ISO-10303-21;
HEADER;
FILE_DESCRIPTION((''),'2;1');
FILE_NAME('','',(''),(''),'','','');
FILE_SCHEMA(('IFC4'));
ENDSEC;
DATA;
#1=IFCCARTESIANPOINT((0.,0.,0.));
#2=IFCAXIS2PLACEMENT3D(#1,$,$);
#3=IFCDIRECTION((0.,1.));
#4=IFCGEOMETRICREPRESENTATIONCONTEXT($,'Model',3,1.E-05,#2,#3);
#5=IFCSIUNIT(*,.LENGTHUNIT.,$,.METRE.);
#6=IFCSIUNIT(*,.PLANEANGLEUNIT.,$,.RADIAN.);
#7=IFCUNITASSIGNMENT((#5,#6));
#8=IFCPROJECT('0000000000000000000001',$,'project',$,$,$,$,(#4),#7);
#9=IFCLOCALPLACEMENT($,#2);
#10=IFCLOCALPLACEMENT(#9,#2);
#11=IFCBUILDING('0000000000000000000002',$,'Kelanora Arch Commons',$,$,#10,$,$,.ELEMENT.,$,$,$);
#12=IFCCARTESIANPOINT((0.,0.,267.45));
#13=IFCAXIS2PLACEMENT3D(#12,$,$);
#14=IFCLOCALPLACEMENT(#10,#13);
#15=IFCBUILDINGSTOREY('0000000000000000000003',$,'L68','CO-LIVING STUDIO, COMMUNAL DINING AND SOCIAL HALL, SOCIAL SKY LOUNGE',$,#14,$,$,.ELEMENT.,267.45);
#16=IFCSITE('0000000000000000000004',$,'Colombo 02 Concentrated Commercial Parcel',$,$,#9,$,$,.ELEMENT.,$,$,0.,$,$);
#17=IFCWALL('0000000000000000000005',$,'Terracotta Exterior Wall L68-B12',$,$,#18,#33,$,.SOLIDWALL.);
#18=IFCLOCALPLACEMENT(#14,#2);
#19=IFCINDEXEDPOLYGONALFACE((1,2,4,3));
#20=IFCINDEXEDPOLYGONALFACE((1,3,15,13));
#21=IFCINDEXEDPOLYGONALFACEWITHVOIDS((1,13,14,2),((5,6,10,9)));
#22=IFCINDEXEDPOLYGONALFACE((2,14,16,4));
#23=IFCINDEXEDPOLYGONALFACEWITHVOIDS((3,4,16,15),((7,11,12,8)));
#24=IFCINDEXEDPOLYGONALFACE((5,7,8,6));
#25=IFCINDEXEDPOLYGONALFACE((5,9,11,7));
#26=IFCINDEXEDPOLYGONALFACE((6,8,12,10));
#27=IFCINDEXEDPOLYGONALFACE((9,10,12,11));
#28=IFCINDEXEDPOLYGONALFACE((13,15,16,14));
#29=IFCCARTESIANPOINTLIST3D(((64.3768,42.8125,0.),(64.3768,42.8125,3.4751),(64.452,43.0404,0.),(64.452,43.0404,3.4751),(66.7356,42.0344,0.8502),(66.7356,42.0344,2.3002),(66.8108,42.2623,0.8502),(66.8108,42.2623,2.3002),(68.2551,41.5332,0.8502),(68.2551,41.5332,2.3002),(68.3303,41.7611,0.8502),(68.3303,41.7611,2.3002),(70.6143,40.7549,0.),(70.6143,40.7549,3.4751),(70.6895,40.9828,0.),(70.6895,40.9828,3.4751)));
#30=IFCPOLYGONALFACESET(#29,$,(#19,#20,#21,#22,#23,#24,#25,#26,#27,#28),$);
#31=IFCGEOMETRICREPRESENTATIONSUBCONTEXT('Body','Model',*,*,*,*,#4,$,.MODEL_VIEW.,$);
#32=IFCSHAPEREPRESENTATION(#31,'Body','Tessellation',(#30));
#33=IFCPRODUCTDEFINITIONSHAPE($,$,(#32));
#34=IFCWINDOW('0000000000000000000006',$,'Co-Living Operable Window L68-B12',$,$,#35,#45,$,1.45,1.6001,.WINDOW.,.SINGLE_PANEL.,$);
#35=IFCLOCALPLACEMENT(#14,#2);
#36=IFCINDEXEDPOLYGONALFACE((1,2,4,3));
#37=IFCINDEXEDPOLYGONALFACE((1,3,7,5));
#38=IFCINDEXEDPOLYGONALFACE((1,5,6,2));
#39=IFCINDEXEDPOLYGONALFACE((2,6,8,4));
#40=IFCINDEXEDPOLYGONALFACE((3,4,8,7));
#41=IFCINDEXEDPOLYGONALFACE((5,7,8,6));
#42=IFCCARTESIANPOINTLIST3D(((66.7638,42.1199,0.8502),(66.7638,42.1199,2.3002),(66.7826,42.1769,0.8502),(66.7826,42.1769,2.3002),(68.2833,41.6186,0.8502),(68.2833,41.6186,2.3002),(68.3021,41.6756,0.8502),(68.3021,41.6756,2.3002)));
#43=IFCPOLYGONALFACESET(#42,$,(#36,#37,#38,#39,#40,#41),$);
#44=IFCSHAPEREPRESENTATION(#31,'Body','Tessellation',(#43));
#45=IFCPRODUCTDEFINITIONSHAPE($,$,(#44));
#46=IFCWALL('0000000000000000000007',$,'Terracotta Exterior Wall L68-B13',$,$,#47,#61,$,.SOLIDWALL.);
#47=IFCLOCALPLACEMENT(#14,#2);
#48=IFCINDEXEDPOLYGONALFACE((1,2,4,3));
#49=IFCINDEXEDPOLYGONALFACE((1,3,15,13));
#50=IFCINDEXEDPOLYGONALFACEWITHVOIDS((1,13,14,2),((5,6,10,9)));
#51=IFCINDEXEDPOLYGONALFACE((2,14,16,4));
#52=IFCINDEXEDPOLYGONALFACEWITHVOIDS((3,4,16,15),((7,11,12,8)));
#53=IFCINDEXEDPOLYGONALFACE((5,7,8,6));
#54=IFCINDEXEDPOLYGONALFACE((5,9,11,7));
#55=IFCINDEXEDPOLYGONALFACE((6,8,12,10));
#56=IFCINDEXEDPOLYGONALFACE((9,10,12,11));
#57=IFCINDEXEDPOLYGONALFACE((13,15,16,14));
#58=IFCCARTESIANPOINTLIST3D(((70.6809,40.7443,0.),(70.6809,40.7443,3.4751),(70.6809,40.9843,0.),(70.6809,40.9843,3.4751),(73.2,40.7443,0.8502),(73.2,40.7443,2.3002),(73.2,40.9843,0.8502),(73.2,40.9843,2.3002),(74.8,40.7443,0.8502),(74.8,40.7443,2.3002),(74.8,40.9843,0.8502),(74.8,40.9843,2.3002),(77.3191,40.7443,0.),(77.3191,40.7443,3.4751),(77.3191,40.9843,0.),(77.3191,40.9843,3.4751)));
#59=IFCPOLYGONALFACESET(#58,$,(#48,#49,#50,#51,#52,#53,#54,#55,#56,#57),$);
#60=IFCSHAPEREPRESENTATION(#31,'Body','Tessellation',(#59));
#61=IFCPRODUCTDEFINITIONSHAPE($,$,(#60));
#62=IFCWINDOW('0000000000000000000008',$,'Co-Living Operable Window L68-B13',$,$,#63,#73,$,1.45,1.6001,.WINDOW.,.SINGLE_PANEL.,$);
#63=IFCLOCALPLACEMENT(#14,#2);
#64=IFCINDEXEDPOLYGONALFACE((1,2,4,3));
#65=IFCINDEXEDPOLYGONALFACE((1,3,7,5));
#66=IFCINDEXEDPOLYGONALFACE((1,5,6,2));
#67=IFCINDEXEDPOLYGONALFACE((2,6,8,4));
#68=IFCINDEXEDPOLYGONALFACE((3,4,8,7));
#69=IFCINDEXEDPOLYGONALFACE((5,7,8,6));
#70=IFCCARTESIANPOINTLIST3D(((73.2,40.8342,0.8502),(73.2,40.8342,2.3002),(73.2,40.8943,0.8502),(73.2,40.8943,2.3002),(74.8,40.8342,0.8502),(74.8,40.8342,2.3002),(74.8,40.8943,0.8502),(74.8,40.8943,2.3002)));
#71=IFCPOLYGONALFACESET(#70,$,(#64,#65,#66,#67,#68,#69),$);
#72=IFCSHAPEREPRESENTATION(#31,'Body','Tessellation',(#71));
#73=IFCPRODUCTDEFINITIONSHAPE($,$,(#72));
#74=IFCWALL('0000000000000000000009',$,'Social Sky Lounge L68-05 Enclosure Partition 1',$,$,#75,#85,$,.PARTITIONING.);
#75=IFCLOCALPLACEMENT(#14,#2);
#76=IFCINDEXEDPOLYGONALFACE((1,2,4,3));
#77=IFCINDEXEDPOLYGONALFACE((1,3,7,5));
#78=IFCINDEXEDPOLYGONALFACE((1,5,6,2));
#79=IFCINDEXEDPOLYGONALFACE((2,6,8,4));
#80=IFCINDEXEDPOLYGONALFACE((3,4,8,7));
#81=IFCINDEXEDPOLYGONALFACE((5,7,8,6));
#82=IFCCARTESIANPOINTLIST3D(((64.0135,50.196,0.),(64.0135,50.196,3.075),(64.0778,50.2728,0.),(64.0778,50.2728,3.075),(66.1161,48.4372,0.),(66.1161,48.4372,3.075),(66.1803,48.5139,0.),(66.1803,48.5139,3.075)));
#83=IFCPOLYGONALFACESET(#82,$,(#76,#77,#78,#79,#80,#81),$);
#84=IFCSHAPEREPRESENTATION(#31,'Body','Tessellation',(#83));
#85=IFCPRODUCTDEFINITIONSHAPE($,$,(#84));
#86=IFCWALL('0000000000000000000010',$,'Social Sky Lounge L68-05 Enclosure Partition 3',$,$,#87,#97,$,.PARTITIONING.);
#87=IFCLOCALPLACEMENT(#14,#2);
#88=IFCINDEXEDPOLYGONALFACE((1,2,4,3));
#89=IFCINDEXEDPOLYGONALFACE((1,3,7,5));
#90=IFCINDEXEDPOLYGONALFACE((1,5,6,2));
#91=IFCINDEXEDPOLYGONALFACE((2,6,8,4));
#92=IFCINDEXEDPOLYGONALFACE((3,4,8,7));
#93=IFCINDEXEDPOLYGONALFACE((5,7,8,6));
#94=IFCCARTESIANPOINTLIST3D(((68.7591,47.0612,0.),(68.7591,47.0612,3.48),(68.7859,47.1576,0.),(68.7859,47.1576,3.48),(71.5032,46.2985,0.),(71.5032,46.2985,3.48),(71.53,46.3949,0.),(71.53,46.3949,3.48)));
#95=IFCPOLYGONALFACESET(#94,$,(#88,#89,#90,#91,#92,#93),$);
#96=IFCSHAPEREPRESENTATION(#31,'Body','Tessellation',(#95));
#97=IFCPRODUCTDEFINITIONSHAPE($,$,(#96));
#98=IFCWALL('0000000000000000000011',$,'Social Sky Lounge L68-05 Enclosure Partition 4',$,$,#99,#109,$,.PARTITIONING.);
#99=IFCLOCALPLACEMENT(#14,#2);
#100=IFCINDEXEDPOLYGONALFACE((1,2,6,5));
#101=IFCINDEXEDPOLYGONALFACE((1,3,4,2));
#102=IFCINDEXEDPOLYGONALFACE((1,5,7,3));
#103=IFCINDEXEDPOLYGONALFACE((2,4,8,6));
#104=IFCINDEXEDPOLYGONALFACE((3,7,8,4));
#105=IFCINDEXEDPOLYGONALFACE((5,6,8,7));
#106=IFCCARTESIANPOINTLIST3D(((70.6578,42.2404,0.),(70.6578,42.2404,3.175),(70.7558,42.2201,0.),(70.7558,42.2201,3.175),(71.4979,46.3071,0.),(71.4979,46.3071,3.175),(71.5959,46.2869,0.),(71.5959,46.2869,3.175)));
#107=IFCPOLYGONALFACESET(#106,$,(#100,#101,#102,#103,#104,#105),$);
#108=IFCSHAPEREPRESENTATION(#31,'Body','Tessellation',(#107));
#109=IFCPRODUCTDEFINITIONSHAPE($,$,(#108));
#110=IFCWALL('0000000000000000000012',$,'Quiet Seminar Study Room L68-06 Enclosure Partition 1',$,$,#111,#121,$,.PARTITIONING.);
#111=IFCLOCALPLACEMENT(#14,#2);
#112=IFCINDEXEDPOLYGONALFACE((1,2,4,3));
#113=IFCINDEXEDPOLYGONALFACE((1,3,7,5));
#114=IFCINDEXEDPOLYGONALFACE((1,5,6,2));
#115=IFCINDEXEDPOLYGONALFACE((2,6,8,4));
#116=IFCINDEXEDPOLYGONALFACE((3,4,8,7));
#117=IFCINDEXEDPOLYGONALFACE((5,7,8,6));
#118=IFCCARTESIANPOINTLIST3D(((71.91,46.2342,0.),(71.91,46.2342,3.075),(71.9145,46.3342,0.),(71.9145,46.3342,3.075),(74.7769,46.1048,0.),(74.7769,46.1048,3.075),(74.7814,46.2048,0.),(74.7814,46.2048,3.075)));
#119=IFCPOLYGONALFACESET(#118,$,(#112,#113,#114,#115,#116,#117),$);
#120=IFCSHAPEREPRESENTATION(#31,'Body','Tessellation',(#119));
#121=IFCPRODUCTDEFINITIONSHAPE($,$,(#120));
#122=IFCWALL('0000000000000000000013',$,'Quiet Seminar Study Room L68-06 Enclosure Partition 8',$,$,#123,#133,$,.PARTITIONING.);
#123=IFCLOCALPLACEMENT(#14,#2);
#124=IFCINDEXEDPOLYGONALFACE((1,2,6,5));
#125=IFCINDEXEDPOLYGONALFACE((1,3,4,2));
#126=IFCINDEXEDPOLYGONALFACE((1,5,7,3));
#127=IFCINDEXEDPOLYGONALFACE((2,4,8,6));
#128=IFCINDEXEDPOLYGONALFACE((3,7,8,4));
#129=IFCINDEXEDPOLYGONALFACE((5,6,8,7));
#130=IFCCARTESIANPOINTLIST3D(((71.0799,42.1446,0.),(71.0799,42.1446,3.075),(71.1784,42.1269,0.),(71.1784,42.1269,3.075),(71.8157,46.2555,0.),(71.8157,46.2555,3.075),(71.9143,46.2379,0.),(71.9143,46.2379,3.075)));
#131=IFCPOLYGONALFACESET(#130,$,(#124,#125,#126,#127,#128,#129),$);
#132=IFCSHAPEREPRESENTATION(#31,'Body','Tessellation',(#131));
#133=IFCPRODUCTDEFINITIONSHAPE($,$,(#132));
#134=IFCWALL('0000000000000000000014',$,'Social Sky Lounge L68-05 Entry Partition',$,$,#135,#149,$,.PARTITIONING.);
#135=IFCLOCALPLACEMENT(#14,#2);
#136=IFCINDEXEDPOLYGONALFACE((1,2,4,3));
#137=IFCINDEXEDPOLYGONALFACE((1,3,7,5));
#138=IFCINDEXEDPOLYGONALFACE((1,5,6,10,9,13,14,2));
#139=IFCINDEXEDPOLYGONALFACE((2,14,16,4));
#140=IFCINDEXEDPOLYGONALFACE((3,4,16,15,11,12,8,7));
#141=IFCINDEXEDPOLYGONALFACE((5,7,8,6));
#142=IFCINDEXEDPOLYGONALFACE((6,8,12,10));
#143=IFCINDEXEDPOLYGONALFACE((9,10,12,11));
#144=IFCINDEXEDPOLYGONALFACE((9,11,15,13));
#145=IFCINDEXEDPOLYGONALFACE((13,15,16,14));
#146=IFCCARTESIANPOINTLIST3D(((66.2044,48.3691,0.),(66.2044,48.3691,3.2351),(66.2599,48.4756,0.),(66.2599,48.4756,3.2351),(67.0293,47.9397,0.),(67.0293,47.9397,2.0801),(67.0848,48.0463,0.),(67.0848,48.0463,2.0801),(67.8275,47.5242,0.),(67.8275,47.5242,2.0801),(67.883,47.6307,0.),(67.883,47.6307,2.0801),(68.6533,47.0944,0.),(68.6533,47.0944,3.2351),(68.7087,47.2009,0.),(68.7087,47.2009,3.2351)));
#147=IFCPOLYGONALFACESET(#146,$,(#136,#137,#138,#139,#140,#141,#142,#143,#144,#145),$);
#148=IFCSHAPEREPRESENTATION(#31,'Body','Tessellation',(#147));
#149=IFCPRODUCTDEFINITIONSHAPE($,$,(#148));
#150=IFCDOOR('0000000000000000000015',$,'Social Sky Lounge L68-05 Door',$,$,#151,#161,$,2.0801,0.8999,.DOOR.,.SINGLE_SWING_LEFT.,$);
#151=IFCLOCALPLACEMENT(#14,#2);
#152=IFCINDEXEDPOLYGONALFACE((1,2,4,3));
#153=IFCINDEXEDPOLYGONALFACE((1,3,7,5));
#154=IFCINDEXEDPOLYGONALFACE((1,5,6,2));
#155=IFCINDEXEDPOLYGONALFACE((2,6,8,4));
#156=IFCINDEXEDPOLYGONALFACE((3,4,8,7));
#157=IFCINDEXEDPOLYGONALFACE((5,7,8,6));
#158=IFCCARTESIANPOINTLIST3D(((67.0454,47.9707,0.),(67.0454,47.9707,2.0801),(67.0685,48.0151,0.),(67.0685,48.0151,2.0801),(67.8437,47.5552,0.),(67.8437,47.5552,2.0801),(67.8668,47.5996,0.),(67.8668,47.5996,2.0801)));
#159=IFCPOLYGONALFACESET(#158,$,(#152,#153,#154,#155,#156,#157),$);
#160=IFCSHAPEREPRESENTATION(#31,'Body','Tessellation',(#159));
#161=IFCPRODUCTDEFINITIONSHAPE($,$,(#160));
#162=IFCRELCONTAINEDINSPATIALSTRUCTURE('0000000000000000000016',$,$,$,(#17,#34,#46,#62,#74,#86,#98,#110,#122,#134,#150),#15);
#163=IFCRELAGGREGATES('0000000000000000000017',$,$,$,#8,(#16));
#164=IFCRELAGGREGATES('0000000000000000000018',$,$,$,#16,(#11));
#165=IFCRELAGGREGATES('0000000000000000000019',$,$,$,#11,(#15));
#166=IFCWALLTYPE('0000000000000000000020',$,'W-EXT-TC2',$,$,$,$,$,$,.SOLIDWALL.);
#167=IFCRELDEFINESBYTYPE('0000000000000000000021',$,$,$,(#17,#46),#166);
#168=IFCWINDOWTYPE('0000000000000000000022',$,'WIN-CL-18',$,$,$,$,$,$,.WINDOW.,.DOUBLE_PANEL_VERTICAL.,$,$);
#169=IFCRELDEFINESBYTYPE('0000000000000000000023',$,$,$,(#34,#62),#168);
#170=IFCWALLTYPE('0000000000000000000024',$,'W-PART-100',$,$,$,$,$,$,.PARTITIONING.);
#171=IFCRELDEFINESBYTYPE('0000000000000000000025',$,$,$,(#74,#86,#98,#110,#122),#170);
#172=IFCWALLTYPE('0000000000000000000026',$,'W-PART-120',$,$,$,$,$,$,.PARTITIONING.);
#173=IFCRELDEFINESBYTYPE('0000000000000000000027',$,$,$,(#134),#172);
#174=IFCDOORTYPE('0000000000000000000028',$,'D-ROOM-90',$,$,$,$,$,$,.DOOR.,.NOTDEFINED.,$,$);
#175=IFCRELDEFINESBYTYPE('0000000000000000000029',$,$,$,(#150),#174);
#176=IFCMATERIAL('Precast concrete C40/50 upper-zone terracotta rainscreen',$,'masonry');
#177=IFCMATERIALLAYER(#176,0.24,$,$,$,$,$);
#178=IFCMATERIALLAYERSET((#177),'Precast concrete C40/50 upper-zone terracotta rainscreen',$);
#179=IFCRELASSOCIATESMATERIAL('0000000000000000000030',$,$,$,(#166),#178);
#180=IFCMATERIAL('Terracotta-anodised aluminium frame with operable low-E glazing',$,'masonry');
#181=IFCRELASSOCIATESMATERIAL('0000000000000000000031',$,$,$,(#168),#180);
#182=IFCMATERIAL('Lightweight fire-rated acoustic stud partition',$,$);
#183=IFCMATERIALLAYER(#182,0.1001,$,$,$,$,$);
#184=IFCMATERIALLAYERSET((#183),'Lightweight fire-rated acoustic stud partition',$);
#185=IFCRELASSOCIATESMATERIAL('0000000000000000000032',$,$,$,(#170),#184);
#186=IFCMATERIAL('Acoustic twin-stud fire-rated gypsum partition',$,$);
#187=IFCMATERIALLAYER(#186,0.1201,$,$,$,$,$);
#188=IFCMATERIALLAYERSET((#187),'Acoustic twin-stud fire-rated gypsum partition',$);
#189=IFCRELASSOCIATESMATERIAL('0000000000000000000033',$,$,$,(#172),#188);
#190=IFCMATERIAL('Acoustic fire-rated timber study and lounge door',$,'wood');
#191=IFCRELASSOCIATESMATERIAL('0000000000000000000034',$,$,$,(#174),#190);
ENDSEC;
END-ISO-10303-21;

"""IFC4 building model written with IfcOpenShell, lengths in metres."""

from ifc_helpers import new_model, si_unit, direction, frame, frame_2d, origin, place, context, subcontext, project, spatial, rectangle, extrude, material, layer, layer_set, type_object, element, fill, save


model = new_model("IFC4")

# Units and contexts
model_context = context("Model", 3, precision=1e-05, world=origin(), true_north=direction((0.0, 1.0)))
body_context = subcontext(model_context, "Body", "Model", "MODEL_VIEW")
ifc_project = project(units=[si_unit("LENGTHUNIT", "METRE"), si_unit("PLANEANGLEUNIT", "RADIAN")], contexts=[model_context])

# Site, building, storey
site_placement = place(None, origin())
site = spatial("IfcSite", under=ifc_project, at=site_placement, Name="Colombo 02 Concentrated Commercial Parcel", CompositionType="ELEMENT", RefElevation=0.0)
building_placement = place(site_placement, origin())
building = spatial("IfcBuilding", under=site, at=building_placement, Name="Kelanora Arch Commons", CompositionType="ELEMENT")
storey_placement = place(building_placement, frame((0.0, 0.0, 267.45)))
storey = spatial("IfcBuildingStorey", under=building, at=storey_placement, Name="L68", Description="CO-LIVING STUDIO, COMMUNAL DINING AND SOCIAL HALL, SOCIAL SKY LOUNGE", CompositionType="ELEMENT", Elevation=267.45)

# Walls, openings, windows
ifc_material_1 = material(Name="Precast concrete C40/50 upper-zone terracotta rainscreen", Category="masonry")
ifc_layer_1 = layer(ifc_material_1, 0.24)
ifc_layer_set_1 = layer_set([ifc_layer_1], Name="Precast concrete C40/50 upper-zone terracotta rainscreen")
wall_type_1 = type_object("IfcWallType", Name="W-EXT-TC2", PredefinedType="SOLIDWALL", material=ifc_layer_set_1)
wall_1_placement = place(storey_placement, frame((64.4143, 42.9265, 0.0), z_axis=(0.0, 0.0, 1.0), x_axis=(0.949664, -0.313271, 0.0)))
wall_1 = element("IfcWall", 1, at=wall_1_placement, inside=storey, type_object=wall_type_1, Name="Terracotta Exterior Wall L68-B12", PredefinedType="SOLIDWALL", context=body_context, shape_type="SweptSolid", body=[
    extrude(rectangle(XDim=6.5681, YDim=0.24, at=frame_2d((3.2842, 0.0))), origin(), (0.0, 0.0, 1.0), 3.4751),
])
opening_1_placement = place(wall_1_placement, frame((2.4839, 0.0, 0.8501)))
opening_1 = element("IfcOpeningElement", 2, at=opening_1_placement, cuts=wall_1, PredefinedType="OPENING", context=body_context, shape_type="SweptSolid", body=[
    extrude(rectangle(XDim=1.6001, YDim=1.45, at=frame_2d((0.8, 0.7251))), frame((0.0, 0.1299, 0.0), z_axis=(0.0, -1.0, 0.0), x_axis=(1.0, 0.0, 0.0)), (0.0, 0.0, 1.0), 0.26),
])
ifc_material_2 = material(Name="Terracotta-anodised aluminium frame with operable low-E glazing", Category="masonry")
window_type = type_object("IfcWindowType", Name="WIN-CL-18", PartitioningType="DOUBLE_PANEL_VERTICAL", PredefinedType="WINDOW", material=ifc_material_2)
window_1_placement = place(opening_1_placement, origin())
window_1 = element("IfcWindow", 3, at=window_1_placement, inside=storey, type_object=window_type, Name="Co-Living Operable Window L68-B12", OverallHeight=1.45, OverallWidth=1.6001, PartitioningType="SINGLE_PANEL", PredefinedType="WINDOW", context=body_context, shape_type="SweptSolid", body=[
    extrude(rectangle(XDim=1.6001, YDim=1.45, at=frame_2d((0.8, 0.7251))), frame((0.0, 0.03, 0.0), z_axis=(0.0, -1.0, 0.0), x_axis=(1.0, 0.0, 0.0)), (0.0, 0.0, 1.0), 0.0601),
])
fill(opening_1, window_1)
wall_2_placement = place(storey_placement, frame((70.6809, 40.8643, 0.0), z_axis=(0.0, 0.0, 1.0), x_axis=(1.0, 0.0, 0.0)))
wall_2 = element("IfcWall", 4, at=wall_2_placement, inside=storey, type_object=wall_type_1, Name="Terracotta Exterior Wall L68-B13", PredefinedType="SOLIDWALL", context=body_context, shape_type="SweptSolid", body=[
    extrude(rectangle(XDim=6.6382, YDim=0.24, at=frame_2d((3.3191, 0.0))), origin(), (0.0, 0.0, 1.0), 3.4751),
])
opening_2_placement = place(wall_2_placement, frame((2.519, 0.0, 0.8501)))
opening_2 = element("IfcOpeningElement", 5, at=opening_2_placement, cuts=wall_2, PredefinedType="OPENING", context=body_context, shape_type="SweptSolid", body=[
    extrude(rectangle(XDim=1.6001, YDim=1.45, at=frame_2d((0.8, 0.7251))), frame((0.0, 0.1299, 0.0), z_axis=(0.0, -1.0, 0.0), x_axis=(1.0, 0.0, 0.0)), (0.0, 0.0, 1.0), 0.26),
])
window_2_placement = place(opening_2_placement, origin())
window_2 = element("IfcWindow", 6, at=window_2_placement, inside=storey, type_object=window_type, Name="Co-Living Operable Window L68-B13", OverallHeight=1.45, OverallWidth=1.6001, PartitioningType="SINGLE_PANEL", PredefinedType="WINDOW", context=body_context, shape_type="SweptSolid", body=[
    extrude(rectangle(XDim=1.6001, YDim=1.45, at=frame_2d((0.8, 0.7251))), frame((0.0, 0.03, 0.0), z_axis=(0.0, -1.0, 0.0), x_axis=(1.0, 0.0, 0.0)), (0.0, 0.0, 1.0), 0.0601),
])
fill(opening_2, window_2)

# Walls
ifc_material_3 = material(Name="Lightweight fire-rated acoustic stud partition")
ifc_layer_2 = layer(ifc_material_3, 0.1001)
ifc_layer_set_2 = layer_set([ifc_layer_2], Name="Lightweight fire-rated acoustic stud partition")
wall_type_2 = type_object("IfcWallType", Name="W-PART-100", PredefinedType="PARTITIONING", material=ifc_layer_set_2)
wall_3_placement = place(storey_placement, frame((64.0457, 50.2344, 0.0), z_axis=(0.0, 0.0, 1.0), x_axis=(0.767023, -0.64162, 0.0)))
element("IfcWall", 7, at=wall_3_placement, inside=storey, type_object=wall_type_2, Name="Social Sky Lounge L68-05 Enclosure Partition 1", PredefinedType="PARTITIONING", context=body_context, shape_type="SweptSolid", body=[
    extrude(rectangle(XDim=2.7412, YDim=0.1001, at=frame_2d((1.3706, 0.0))), origin(), (0.0, 0.0, 1.0), 3.075),
])
wall_4_placement = place(storey_placement, frame((68.7725, 47.1094, 0.0), z_axis=(0.0, 0.0, 1.0), x_axis=(0.963479, -0.267785, 0.0)))
element("IfcWall", 8, at=wall_4_placement, inside=storey, type_object=wall_type_2, Name="Social Sky Lounge L68-05 Enclosure Partition 3", PredefinedType="PARTITIONING", context=body_context, shape_type="SweptSolid", body=[
    extrude(rectangle(XDim=2.8481, YDim=0.1001, at=frame_2d((1.4241, 0.0))), origin(), (0.0, 0.0, 1.0), 3.48),
])
wall_5_placement = place(storey_placement, frame((71.5469, 46.2969, 0.0), z_axis=(0.0, 0.0, 1.0), x_axis=(-0.202308, -0.979322, 0.0)))
element("IfcWall", 9, at=wall_5_placement, inside=storey, type_object=wall_type_2, Name="Social Sky Lounge L68-05 Enclosure Partition 4", PredefinedType="PARTITIONING", context=body_context, shape_type="SweptSolid", body=[
    extrude(rectangle(XDim=4.1526, YDim=0.1001, at=frame_2d((2.0762, 0.0))), origin(), (0.0, 0.0, 1.0), 3.175),
])
wall_6_placement = place(storey_placement, frame((71.9121, 46.2842, 0.0), z_axis=(0.0, 0.0, 1.0), x_axis=(0.998983, -0.045087, 0.0)))
element("IfcWall", 10, at=wall_6_placement, inside=storey, type_object=wall_type_2, Name="Quiet Seminar Study Room L68-06 Enclosure Partition 1", PredefinedType="PARTITIONING", context=body_context, shape_type="SweptSolid", body=[
    extrude(rectangle(XDim=2.8699, YDim=0.1001, at=frame_2d((1.4351, 0.0))), origin(), (0.0, 0.0, 1.0), 3.075),
])
wall_7_placement = place(storey_placement, frame((71.1292, 42.1357, 0.0), z_axis=(0.0, 0.0, 1.0), x_axis=(0.176199, 0.984355, 0.0)))
element("IfcWall", 11, at=wall_7_placement, inside=storey, type_object=wall_type_2, Name="Quiet Seminar Study Room L68-06 Enclosure Partition 8", PredefinedType="PARTITIONING", context=body_context, shape_type="SweptSolid", body=[
    extrude(rectangle(XDim=4.1763, YDim=0.1001, at=frame_2d((2.0881, 0.0))), origin(), (0.0, 0.0, 1.0), 3.075),
])

# Wall, opening, door
ifc_material_4 = material(Name="Acoustic twin-stud fire-rated gypsum partition")
ifc_layer_3 = layer(ifc_material_4, 0.1201)
ifc_layer_set_3 = layer_set([ifc_layer_3], Name="Acoustic twin-stud fire-rated gypsum partition")
wall_type_3 = type_object("IfcWallType", Name="W-PART-120", PredefinedType="PARTITIONING", material=ifc_layer_set_3)
wall_8_placement = place(storey_placement, frame((66.2322, 48.4224, 0.0), z_axis=(0.0, 0.0, 1.0), x_axis=(0.887021, -0.461729, 0.0)))
wall_8 = element("IfcWall", 12, at=wall_8_placement, inside=storey, type_object=wall_type_3, Name="Social Sky Lounge L68-05 Entry Partition", PredefinedType="PARTITIONING", context=body_context, shape_type="SweptSolid", body=[
    extrude(rectangle(XDim=2.7607, YDim=0.1201, at=frame_2d((1.3804, 0.0))), origin(), (0.0, 0.0, 1.0), 3.2351),
])
opening_3_placement = place(wall_8_placement, frame((0.9299, 0.0, 0.0)))
opening_3 = element("IfcOpeningElement", 13, at=opening_3_placement, cuts=wall_8, PredefinedType="OPENING", context=body_context, shape_type="SweptSolid", body=[
    extrude(rectangle(XDim=0.8999, YDim=2.0801, at=frame_2d((0.45, 1.04))), frame((0.0, 0.0701, 0.0), z_axis=(0.0, -1.0, 0.0), x_axis=(1.0, 0.0, 0.0)), (0.0, 0.0, 1.0), 0.1401),
])
ifc_material_5 = material(Name="Acoustic fire-rated timber study and lounge door", Category="wood")
door_type = type_object("IfcDoorType", Name="D-ROOM-90", OperationType="NOTDEFINED", PredefinedType="DOOR", material=ifc_material_5)
door_placement = place(opening_3_placement, origin())
door = element("IfcDoor", 14, at=door_placement, inside=storey, type_object=door_type, Name="Social Sky Lounge L68-05 Door", OperationType="SINGLE_SWING_LEFT", OverallHeight=2.0801, OverallWidth=0.8999, PredefinedType="DOOR", context=body_context, shape_type="SweptSolid", body=[
    extrude(rectangle(XDim=0.8999, YDim=2.0801, at=frame_2d((0.45, 1.04))), frame((0.0, 0.0249, 0.0), z_axis=(0.0, -1.0, 0.0), x_axis=(1.0, 0.0, 0.0)), (0.0, 0.0, 1.0), 0.05),
])
fill(opening_3, door)

save(model, "model.ifc")
